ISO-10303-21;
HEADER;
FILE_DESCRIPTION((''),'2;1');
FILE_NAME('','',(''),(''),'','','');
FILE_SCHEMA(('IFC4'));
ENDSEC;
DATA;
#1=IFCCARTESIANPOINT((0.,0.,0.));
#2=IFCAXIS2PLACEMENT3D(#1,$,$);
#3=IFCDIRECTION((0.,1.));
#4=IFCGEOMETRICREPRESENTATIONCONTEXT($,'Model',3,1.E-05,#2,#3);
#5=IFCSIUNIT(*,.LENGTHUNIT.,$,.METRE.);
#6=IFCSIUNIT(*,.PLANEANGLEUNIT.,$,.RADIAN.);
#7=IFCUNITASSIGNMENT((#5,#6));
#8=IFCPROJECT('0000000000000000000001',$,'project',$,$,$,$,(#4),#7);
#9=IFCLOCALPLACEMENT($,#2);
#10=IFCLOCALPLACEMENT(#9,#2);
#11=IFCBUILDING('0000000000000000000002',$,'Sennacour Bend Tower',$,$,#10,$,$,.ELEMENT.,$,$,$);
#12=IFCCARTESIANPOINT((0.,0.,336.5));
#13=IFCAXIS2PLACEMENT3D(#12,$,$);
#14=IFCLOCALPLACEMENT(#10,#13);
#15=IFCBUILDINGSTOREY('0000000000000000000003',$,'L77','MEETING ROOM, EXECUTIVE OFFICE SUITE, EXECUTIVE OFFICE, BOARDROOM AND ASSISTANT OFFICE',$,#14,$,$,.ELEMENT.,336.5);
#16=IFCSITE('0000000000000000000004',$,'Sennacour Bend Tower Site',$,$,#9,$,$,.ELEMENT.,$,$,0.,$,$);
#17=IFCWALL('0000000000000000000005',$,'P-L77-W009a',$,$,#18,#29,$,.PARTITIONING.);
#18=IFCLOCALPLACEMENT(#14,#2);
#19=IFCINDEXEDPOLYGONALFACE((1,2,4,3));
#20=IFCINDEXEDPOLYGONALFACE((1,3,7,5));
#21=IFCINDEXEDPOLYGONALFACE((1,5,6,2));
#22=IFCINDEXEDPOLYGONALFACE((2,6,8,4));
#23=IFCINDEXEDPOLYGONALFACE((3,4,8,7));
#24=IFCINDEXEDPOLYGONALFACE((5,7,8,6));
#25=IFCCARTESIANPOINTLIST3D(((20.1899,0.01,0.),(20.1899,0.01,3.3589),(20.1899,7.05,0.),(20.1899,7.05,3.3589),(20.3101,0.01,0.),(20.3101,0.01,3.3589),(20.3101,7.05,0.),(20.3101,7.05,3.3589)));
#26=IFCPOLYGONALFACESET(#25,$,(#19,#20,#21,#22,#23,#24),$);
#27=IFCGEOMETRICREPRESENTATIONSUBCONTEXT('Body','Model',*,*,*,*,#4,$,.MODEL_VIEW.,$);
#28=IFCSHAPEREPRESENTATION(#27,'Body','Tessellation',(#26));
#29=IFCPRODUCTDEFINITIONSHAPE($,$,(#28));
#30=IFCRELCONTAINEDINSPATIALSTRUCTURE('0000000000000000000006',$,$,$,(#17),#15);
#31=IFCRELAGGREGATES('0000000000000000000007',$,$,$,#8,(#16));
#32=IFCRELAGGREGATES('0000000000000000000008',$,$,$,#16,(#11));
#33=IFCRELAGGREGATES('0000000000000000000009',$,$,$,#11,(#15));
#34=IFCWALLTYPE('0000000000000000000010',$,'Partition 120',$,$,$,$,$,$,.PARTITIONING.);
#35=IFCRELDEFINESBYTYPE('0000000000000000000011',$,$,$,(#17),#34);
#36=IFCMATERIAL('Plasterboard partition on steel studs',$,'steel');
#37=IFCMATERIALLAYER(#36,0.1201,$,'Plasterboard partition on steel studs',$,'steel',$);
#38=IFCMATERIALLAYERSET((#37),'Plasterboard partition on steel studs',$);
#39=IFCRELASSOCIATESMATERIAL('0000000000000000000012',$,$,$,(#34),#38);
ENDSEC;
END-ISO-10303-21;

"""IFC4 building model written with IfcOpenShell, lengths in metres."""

from ifc_helpers import new_model, si_unit, direction, frame, frame_2d, origin, place, context, subcontext, project, spatial, rectangle, extrude, material, layer, layer_set, type_object, element, save


model = new_model("IFC4")

# Units and contexts
model_context = context("Model", 3, precision=1e-05, world=origin(), true_north=direction((0.0, 1.0)))
body_context = subcontext(model_context, "Body", "Model", "MODEL_VIEW")
ifc_project = project(units=[si_unit("LENGTHUNIT", "METRE"), si_unit("PLANEANGLEUNIT", "RADIAN")], contexts=[model_context])

# Site, building, storey
site_placement = place(None, origin())
site = spatial("IfcSite", under=ifc_project, at=site_placement, Name="Sennacour Bend Tower Site", CompositionType="ELEMENT", RefElevation=0.0)
building_placement = place(site_placement, origin())
building = spatial("IfcBuilding", under=site, at=building_placement, Name="Sennacour Bend Tower", CompositionType="ELEMENT")
storey_placement = place(building_placement, frame((0.0, 0.0, 336.5)))
storey = spatial("IfcBuildingStorey", under=building, at=storey_placement, Name="L77", Description="MEETING ROOM, EXECUTIVE OFFICE SUITE, EXECUTIVE OFFICE, BOARDROOM AND ASSISTANT OFFICE", CompositionType="ELEMENT", Elevation=336.5)

# Wall
ifc_material_1 = material(Name="Plasterboard partition on steel studs", Category="steel")
ifc_layer_1 = layer(ifc_material_1, 0.1201, Name="Plasterboard partition on steel studs", Category="steel")
ifc_layer_set_1 = layer_set([ifc_layer_1], Name="Plasterboard partition on steel studs")
wall_type = type_object("IfcWallType", Name="Partition 120", PredefinedType="PARTITIONING", material=ifc_layer_set_1)
wall_placement = place(storey_placement, frame((20.25, 0.01, 0.0), z_axis=(0.0, 0.0, 1.0), x_axis=(0.0, 1.0, 0.0)))
element("IfcWall", 1, at=wall_placement, inside=storey, type_object=wall_type, Name="P-L77-W009a", PredefinedType="PARTITIONING", context=body_context, shape_type="SweptSolid", body=[
    extrude(rectangle(XDim=7.04, YDim=0.1201, at=frame_2d((3.52, 0.0))), origin(), (0.0, 0.0, 1.0), 3.3589),
])

save(model, "model.ifc")
